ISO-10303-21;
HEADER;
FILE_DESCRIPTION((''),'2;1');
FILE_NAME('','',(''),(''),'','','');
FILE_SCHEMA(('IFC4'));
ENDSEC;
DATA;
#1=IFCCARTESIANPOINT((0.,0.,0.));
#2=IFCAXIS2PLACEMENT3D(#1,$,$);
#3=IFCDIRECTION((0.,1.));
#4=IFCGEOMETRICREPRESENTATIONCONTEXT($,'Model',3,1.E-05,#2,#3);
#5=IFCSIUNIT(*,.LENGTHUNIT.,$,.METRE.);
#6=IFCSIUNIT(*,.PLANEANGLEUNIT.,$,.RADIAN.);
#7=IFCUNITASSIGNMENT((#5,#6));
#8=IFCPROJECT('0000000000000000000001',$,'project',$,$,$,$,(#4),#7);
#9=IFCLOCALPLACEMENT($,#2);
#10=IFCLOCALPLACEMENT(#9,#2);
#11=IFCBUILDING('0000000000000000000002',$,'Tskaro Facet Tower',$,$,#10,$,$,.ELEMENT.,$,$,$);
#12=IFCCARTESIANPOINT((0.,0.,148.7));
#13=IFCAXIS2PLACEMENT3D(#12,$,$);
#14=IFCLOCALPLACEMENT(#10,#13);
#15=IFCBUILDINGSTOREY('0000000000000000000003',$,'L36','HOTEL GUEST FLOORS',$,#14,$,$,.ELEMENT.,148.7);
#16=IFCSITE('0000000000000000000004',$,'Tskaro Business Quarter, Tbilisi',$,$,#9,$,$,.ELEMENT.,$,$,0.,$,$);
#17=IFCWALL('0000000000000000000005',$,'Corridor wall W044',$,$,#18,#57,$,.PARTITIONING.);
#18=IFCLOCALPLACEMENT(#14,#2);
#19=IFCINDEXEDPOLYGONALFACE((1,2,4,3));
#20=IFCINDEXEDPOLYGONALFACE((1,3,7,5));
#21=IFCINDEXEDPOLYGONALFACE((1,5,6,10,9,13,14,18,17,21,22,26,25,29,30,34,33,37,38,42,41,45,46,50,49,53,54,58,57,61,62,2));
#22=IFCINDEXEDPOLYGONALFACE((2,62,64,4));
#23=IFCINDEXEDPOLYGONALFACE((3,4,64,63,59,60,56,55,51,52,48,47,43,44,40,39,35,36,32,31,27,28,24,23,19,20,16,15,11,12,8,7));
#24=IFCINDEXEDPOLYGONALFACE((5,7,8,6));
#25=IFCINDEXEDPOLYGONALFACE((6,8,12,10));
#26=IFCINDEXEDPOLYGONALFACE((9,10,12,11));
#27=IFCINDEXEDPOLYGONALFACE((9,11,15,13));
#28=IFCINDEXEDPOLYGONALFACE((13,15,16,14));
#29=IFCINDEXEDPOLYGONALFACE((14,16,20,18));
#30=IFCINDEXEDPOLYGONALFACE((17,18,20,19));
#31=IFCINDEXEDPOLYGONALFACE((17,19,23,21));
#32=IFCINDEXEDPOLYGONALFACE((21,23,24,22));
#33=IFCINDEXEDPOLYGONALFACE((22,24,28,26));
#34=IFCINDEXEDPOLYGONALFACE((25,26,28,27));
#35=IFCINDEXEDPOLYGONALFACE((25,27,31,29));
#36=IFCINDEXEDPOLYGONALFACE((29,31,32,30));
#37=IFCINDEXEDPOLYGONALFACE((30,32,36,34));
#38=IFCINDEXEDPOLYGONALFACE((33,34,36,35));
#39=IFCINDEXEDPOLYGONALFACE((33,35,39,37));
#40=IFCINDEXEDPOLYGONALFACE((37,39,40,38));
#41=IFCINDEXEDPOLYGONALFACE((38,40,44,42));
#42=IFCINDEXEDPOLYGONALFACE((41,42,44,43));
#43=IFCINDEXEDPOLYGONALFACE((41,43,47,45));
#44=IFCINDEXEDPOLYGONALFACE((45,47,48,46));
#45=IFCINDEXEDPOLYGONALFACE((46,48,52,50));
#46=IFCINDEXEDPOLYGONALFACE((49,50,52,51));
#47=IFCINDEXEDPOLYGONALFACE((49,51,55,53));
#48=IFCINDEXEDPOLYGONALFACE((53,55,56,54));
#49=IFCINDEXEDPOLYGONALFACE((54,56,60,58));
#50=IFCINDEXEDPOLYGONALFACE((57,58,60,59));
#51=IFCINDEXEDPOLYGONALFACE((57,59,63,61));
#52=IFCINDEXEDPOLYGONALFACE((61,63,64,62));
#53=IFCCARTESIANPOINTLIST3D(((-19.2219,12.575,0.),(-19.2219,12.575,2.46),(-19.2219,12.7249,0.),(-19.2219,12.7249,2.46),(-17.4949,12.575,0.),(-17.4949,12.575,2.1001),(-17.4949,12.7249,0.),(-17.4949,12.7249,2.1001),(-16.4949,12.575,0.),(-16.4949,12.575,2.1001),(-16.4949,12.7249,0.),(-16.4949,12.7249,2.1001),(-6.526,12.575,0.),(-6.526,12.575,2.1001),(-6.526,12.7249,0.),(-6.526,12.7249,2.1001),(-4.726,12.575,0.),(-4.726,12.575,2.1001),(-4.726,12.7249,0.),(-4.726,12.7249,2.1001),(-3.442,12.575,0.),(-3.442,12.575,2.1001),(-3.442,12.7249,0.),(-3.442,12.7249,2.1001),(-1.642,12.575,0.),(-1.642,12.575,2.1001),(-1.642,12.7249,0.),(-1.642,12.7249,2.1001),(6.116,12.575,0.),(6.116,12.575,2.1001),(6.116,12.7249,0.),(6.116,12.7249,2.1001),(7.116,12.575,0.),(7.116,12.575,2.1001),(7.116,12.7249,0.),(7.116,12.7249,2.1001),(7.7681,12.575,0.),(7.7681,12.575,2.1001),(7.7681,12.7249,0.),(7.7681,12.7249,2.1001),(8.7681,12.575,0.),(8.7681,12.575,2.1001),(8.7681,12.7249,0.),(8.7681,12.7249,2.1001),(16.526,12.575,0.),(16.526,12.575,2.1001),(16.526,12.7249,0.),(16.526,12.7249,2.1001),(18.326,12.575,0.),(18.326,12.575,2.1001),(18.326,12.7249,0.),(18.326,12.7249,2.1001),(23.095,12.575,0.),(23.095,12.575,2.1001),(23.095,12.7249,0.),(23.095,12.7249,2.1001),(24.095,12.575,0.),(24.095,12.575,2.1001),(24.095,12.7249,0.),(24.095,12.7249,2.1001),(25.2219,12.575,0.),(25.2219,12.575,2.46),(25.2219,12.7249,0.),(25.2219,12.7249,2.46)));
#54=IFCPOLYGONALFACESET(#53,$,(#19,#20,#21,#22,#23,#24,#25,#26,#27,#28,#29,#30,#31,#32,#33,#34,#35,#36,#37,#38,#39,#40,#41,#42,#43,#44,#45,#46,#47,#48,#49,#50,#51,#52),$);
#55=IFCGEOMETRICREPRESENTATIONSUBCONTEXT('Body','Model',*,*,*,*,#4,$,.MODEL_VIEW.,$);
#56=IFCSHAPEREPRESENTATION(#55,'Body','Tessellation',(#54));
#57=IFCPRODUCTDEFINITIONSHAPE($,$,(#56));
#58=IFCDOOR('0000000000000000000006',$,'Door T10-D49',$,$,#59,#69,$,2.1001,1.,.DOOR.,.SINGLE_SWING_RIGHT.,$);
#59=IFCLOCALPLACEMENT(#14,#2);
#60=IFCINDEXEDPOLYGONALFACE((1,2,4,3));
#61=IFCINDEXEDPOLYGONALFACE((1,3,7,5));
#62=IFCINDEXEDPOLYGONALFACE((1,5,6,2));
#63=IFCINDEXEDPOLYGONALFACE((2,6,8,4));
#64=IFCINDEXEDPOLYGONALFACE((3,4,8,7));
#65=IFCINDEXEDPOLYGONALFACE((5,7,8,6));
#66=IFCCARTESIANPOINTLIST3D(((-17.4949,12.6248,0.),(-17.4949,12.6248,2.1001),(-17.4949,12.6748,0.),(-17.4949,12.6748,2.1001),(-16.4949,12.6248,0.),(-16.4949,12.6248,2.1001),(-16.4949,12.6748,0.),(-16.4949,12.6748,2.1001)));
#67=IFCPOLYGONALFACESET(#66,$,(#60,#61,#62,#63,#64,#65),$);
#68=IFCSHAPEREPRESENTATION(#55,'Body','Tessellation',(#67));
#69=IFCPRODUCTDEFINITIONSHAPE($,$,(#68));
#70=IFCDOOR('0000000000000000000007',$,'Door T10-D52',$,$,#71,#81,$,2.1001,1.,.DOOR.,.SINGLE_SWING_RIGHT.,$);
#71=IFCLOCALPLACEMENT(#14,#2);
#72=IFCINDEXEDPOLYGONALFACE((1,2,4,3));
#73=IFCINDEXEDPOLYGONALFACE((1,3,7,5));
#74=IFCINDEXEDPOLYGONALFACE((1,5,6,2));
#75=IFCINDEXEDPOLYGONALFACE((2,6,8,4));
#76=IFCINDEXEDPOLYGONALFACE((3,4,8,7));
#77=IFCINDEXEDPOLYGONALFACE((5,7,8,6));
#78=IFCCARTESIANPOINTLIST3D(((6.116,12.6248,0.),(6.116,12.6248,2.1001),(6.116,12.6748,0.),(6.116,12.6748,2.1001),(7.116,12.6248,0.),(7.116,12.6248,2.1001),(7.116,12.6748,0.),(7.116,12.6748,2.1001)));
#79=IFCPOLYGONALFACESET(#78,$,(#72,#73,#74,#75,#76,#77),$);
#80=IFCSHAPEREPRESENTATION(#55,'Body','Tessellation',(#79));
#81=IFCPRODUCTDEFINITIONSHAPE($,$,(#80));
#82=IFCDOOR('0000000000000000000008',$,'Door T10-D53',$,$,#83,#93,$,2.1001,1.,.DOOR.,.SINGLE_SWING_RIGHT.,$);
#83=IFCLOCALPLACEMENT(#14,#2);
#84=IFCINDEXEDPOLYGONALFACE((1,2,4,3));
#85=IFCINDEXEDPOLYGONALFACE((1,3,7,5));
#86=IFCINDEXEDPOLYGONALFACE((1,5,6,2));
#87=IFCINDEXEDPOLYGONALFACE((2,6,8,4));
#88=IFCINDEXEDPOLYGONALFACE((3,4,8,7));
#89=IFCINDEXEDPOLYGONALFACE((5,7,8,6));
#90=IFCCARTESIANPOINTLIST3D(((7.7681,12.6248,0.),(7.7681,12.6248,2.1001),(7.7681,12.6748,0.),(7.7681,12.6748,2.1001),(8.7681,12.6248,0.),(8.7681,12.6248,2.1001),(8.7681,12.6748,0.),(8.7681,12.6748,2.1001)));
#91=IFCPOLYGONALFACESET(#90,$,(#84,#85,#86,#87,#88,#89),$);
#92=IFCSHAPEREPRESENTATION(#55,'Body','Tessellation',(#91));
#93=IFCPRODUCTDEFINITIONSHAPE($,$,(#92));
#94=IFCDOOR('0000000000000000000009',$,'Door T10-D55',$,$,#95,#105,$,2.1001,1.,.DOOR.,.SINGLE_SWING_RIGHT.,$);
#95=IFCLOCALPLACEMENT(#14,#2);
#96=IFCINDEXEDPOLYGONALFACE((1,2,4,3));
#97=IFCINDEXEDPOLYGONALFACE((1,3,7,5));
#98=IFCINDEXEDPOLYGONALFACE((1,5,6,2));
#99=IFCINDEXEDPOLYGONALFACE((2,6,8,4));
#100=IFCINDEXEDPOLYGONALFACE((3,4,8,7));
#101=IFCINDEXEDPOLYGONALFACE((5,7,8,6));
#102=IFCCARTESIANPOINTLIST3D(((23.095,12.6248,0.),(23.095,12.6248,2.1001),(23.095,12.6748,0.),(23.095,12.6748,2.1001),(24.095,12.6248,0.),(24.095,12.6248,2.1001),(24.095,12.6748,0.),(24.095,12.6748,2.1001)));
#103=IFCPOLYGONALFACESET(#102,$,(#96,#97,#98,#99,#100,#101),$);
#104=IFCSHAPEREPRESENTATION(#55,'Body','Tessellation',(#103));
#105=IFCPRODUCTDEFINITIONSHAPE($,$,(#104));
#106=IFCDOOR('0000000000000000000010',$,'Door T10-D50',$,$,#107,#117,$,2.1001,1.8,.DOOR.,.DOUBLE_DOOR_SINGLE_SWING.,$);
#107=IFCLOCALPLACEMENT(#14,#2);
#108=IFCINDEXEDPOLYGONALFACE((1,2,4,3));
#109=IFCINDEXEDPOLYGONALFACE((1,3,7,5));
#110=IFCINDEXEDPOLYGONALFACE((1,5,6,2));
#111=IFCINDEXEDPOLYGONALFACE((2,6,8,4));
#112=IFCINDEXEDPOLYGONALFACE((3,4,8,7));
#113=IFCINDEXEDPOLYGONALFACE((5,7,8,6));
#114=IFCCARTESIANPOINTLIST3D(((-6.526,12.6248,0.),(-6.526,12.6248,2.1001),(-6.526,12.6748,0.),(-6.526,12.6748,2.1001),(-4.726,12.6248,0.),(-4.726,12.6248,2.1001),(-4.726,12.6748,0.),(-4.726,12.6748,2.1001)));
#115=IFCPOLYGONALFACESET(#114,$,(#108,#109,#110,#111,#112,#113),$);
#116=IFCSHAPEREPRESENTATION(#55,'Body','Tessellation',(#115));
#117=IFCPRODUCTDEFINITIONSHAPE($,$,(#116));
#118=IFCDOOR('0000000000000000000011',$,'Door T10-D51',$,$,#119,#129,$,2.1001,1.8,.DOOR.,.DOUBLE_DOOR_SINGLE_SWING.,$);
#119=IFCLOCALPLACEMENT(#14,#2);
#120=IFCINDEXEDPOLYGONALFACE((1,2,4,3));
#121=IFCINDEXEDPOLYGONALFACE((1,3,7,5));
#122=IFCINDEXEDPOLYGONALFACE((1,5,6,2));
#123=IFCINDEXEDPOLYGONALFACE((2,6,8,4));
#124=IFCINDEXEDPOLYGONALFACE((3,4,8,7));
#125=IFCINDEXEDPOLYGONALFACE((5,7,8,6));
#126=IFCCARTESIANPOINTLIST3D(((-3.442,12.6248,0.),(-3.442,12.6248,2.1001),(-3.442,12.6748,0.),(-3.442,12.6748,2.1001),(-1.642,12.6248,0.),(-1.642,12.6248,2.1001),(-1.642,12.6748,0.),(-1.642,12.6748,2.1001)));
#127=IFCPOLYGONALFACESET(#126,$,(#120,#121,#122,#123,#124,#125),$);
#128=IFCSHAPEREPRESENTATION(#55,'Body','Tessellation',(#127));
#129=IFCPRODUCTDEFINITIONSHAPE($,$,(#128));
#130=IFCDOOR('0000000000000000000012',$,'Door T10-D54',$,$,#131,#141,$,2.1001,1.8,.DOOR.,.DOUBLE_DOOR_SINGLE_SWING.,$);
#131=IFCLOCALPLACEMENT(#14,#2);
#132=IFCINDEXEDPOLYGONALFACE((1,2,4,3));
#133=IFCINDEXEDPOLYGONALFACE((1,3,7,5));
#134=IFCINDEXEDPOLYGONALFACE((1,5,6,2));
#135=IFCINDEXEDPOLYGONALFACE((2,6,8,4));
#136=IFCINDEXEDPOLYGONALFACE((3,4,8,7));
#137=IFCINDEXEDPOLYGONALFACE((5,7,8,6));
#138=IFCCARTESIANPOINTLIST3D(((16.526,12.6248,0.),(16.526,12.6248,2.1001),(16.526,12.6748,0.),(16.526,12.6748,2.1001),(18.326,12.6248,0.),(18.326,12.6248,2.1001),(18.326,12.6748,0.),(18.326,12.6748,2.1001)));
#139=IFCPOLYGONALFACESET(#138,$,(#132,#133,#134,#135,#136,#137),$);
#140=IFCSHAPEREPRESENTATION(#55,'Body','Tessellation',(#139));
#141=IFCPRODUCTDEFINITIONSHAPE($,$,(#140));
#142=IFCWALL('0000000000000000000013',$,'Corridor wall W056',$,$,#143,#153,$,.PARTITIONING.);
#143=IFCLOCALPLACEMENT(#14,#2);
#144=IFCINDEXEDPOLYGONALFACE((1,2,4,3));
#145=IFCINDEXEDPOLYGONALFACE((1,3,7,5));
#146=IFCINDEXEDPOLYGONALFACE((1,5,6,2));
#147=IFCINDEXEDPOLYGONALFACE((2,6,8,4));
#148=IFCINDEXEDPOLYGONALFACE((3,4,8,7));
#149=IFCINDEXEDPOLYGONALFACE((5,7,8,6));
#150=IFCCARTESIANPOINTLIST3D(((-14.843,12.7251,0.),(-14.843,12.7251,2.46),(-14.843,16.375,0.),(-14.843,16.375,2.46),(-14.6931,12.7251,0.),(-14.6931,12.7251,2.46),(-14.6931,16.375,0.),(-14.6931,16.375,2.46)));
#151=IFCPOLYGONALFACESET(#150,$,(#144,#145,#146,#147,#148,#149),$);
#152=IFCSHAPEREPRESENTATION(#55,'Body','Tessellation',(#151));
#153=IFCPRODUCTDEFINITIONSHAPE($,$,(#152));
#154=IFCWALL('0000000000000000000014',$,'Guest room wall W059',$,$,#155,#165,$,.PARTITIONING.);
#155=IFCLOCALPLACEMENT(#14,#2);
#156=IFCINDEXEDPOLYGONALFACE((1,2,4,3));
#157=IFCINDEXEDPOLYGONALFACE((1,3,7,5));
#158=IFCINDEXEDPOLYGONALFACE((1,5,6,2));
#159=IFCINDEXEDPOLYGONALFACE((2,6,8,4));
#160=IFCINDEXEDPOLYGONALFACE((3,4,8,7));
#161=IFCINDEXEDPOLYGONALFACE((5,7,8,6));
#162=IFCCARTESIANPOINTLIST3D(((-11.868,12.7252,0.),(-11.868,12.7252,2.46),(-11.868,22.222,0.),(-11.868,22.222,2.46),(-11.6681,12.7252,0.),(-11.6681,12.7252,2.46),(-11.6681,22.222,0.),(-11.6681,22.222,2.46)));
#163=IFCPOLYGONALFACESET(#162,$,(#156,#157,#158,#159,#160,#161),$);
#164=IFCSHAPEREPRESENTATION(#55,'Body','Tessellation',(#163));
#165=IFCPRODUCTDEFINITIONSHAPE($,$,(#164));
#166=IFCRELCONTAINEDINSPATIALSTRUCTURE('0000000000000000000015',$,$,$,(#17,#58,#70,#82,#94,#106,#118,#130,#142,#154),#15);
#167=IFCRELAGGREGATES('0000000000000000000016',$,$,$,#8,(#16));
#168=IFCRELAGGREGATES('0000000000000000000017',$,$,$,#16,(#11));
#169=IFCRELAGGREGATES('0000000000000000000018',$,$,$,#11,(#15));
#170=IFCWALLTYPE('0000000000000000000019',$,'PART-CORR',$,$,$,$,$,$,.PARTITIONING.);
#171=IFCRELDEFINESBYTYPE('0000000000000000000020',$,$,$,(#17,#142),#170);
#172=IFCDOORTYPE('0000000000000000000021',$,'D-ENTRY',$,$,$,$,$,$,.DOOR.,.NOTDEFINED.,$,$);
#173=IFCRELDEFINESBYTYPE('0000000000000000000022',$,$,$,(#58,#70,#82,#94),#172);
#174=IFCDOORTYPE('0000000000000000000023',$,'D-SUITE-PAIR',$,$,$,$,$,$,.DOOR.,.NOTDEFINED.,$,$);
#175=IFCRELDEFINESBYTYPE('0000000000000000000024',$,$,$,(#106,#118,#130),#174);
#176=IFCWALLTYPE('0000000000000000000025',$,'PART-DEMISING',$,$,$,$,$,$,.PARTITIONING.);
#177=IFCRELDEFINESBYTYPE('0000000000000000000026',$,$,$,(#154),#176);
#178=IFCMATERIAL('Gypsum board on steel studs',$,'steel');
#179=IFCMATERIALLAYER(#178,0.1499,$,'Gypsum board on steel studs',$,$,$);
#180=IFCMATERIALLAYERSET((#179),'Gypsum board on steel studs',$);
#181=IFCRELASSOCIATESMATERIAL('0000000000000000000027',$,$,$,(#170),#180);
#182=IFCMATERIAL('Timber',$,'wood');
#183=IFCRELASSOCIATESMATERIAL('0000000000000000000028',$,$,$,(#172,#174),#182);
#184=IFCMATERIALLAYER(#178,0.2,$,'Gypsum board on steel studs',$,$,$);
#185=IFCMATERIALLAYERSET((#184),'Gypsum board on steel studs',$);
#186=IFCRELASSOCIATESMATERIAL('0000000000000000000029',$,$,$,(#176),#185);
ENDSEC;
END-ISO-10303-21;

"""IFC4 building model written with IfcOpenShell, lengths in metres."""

from ifc_helpers import new_model, si_unit, direction, frame, frame_2d, origin, place, context, subcontext, project, spatial, rectangle, extrude, material, layer, layer_set, type_object, element, fill, save


model = new_model("IFC4")

# Units and contexts
model_context = context("Model", 3, precision=1e-05, world=origin(), true_north=direction((0.0, 1.0)))
body_context = subcontext(model_context, "Body", "Model", "MODEL_VIEW")
ifc_project = project(units=[si_unit("LENGTHUNIT", "METRE"), si_unit("PLANEANGLEUNIT", "RADIAN")], contexts=[model_context])

# Site, building, storey
site_placement = place(None, origin())
site = spatial("IfcSite", under=ifc_project, at=site_placement, Name="Tskaro Business Quarter, Tbilisi", CompositionType="ELEMENT", RefElevation=0.0)
building_placement = place(site_placement, origin())
building = spatial("IfcBuilding", under=site, at=building_placement, Name="Tskaro Facet Tower", CompositionType="ELEMENT")
storey_placement = place(building_placement, frame((0.0, 0.0, 148.7)))
storey = spatial("IfcBuildingStorey", under=building, at=storey_placement, Name="L36", Description="HOTEL GUEST FLOORS", CompositionType="ELEMENT", Elevation=148.7)

# Shared definitions
ifc_material_1 = material(Name="Gypsum board on steel studs", Category="steel")
ifc_layer_1 = layer(ifc_material_1, 0.1499, Name="Gypsum board on steel studs")
ifc_layer_set_1 = layer_set([ifc_layer_1], Name="Gypsum board on steel studs")
wall_type_1 = type_object("IfcWallType", Name="PART-CORR", PredefinedType="PARTITIONING", material=ifc_layer_set_1)
ifc_material_2 = material(Name="Timber", Category="wood")

# Wall, openings, doors
wall_1_placement = place(storey_placement, frame((-19.2219, 12.6499, 0.0), z_axis=(0.0, 0.0, 1.0), x_axis=(1.0, 0.0, 0.0)))
wall_1 = element("IfcWall", 1, at=wall_1_placement, inside=storey, type_object=wall_type_1, Name="Corridor wall W044", PredefinedType="PARTITIONING", context=body_context, shape_type="SweptSolid", body=[
    extrude(rectangle(XDim=44.4438, YDim=0.1499, at=frame_2d((22.2219, 0.0))), origin(), (0.0, 0.0, 1.0), 2.46),
])
opening_1_placement = place(wall_1_placement, frame((1.7271, 0.0, 0.0)))
opening_1 = element("IfcOpeningElement", 2, at=opening_1_placement, cuts=wall_1, PredefinedType="OPENING", context=body_context, shape_type="SweptSolid", body=[
    extrude(rectangle(XDim=1.0, YDim=2.1001, at=frame_2d((0.5, 1.05))), frame((0.0, 0.085, 0.0), z_axis=(0.0, -1.0, 0.0), x_axis=(1.0, 0.0, 0.0)), (0.0, 0.0, 1.0), 0.1699),
])
opening_2_placement = place(wall_1_placement, frame((12.696, 0.0, 0.0)))
opening_2 = element("IfcOpeningElement", 3, at=opening_2_placement, cuts=wall_1, PredefinedType="OPENING", context=body_context, shape_type="SweptSolid", body=[
    extrude(rectangle(XDim=1.8, YDim=2.1001, at=frame_2d((0.8999, 1.05))), frame((0.0, 0.085, 0.0), z_axis=(0.0, -1.0, 0.0), x_axis=(1.0, 0.0, 0.0)), (0.0, 0.0, 1.0), 0.1699),
])
opening_3_placement = place(wall_1_placement, frame((15.78, 0.0, 0.0)))
opening_3 = element("IfcOpeningElement", 4, at=opening_3_placement, cuts=wall_1, PredefinedType="OPENING", context=body_context, shape_type="SweptSolid", body=[
    extrude(rectangle(XDim=1.8, YDim=2.1001, at=frame_2d((0.8999, 1.05))), frame((0.0, 0.085, 0.0), z_axis=(0.0, -1.0, 0.0), x_axis=(1.0, 0.0, 0.0)), (0.0, 0.0, 1.0), 0.1699),
])
opening_4_placement = place(wall_1_placement, frame((25.3379, 0.0, 0.0)))
opening_4 = element("IfcOpeningElement", 5, at=opening_4_placement, cuts=wall_1, PredefinedType="OPENING", context=body_context, shape_type="SweptSolid", body=[
    extrude(rectangle(XDim=1.0, YDim=2.1001, at=frame_2d((0.5, 1.05))), frame((0.0, 0.085, 0.0), z_axis=(0.0, -1.0, 0.0), x_axis=(1.0, 0.0, 0.0)), (0.0, 0.0, 1.0), 0.1699),
])
opening_5_placement = place(wall_1_placement, frame((26.99, 0.0, 0.0)))
opening_5 = element("IfcOpeningElement", 6, at=opening_5_placement, cuts=wall_1, PredefinedType="OPENING", context=body_context, shape_type="SweptSolid", body=[
    extrude(rectangle(XDim=1.0, YDim=2.1001, at=frame_2d((0.5, 1.05))), frame((0.0, 0.085, 0.0), z_axis=(0.0, -1.0, 0.0), x_axis=(1.0, 0.0, 0.0)), (0.0, 0.0, 1.0), 0.1699),
])
opening_6_placement = place(wall_1_placement, frame((35.748, 0.0, 0.0)))
opening_6 = element("IfcOpeningElement", 7, at=opening_6_placement, cuts=wall_1, PredefinedType="OPENING", context=body_context, shape_type="SweptSolid", body=[
    extrude(rectangle(XDim=1.8, YDim=2.1001, at=frame_2d((0.8999, 1.05))), frame((0.0, 0.085, 0.0), z_axis=(0.0, -1.0, 0.0), x_axis=(1.0, 0.0, 0.0)), (0.0, 0.0, 1.0), 0.1699),
])
opening_7_placement = place(wall_1_placement, frame((42.3169, 0.0, 0.0)))
opening_7 = element("IfcOpeningElement", 8, at=opening_7_placement, cuts=wall_1, PredefinedType="OPENING", context=body_context, shape_type="SweptSolid", body=[
    extrude(rectangle(XDim=1.0, YDim=2.1001, at=frame_2d((0.5, 1.05))), frame((0.0, 0.085, 0.0), z_axis=(0.0, -1.0, 0.0), x_axis=(1.0, 0.0, 0.0)), (0.0, 0.0, 1.0), 0.1699),
])
door_type_1 = type_object("IfcDoorType", Name="D-ENTRY", OperationType="NOTDEFINED", PredefinedType="DOOR", material=ifc_material_2)
door_1_placement = place(opening_1_placement, origin())
door_1 = element("IfcDoor", 9, at=door_1_placement, inside=storey, type_object=door_type_1, Name="Door T10-D49", OperationType="SINGLE_SWING_RIGHT", OverallHeight=2.1001, OverallWidth=1.0, PredefinedType="DOOR", context=body_context, shape_type="SweptSolid", body=[
    extrude(rectangle(XDim=1.0, YDim=2.1001, at=frame_2d((0.5, 1.05))), frame((0.0, 0.0249, 0.0), z_axis=(0.0, -1.0, 0.0), x_axis=(1.0, 0.0, 0.0)), (0.0, 0.0, 1.0), 0.05),
])
fill(opening_1, door_1)
door_2_placement = place(opening_4_placement, origin())
door_2 = element("IfcDoor", 10, at=door_2_placement, inside=storey, type_object=door_type_1, Name="Door T10-D52", OperationType="SINGLE_SWING_RIGHT", OverallHeight=2.1001, OverallWidth=1.0, PredefinedType="DOOR", context=body_context, shape_type="SweptSolid", body=[
    extrude(rectangle(XDim=1.0, YDim=2.1001, at=frame_2d((0.5, 1.05))), frame((0.0, 0.0249, 0.0), z_axis=(0.0, -1.0, 0.0), x_axis=(1.0, 0.0, 0.0)), (0.0, 0.0, 1.0), 0.05),
])
fill(opening_4, door_2)
door_3_placement = place(opening_5_placement, origin())
door_3 = element("IfcDoor", 11, at=door_3_placement, inside=storey, type_object=door_type_1, Name="Door T10-D53", OperationType="SINGLE_SWING_RIGHT", OverallHeight=2.1001, OverallWidth=1.0, PredefinedType="DOOR", context=body_context, shape_type="SweptSolid", body=[
    extrude(rectangle(XDim=1.0, YDim=2.1001, at=frame_2d((0.5, 1.05))), frame((0.0, 0.0249, 0.0), z_axis=(0.0, -1.0, 0.0), x_axis=(1.0, 0.0, 0.0)), (0.0, 0.0, 1.0), 0.05),
])
fill(opening_5, door_3)
door_4_placement = place(opening_7_placement, origin())
door_4 = element("IfcDoor", 12, at=door_4_placement, inside=storey, type_object=door_type_1, Name="Door T10-D55", OperationType="SINGLE_SWING_RIGHT", OverallHeight=2.1001, OverallWidth=1.0, PredefinedType="DOOR", context=body_context, shape_type="SweptSolid", body=[
    extrude(rectangle(XDim=1.0, YDim=2.1001, at=frame_2d((0.5, 1.05))), frame((0.0, 0.0249, 0.0), z_axis=(0.0, -1.0, 0.0), x_axis=(1.0, 0.0, 0.0)), (0.0, 0.0, 1.0), 0.05),
])
fill(opening_7, door_4)
door_type_2 = type_object("IfcDoorType", Name="D-SUITE-PAIR", OperationType="NOTDEFINED", PredefinedType="DOOR", material=ifc_material_2)
door_5_placement = place(opening_2_placement, origin())
door_5 = element("IfcDoor", 13, at=door_5_placement, inside=storey, type_object=door_type_2, Name="Door T10-D50", OperationType="DOUBLE_DOOR_SINGLE_SWING", OverallHeight=2.1001, OverallWidth=1.8, PredefinedType="DOOR", context=body_context, shape_type="SweptSolid", body=[
    extrude(rectangle(XDim=1.8, YDim=2.1001, at=frame_2d((0.8999, 1.05))), frame((0.0, 0.0249, 0.0), z_axis=(0.0, -1.0, 0.0), x_axis=(1.0, 0.0, 0.0)), (0.0, 0.0, 1.0), 0.05),
])
fill(opening_2, door_5)
door_6_placement = place(opening_3_placement, origin())
door_6 = element("IfcDoor", 14, at=door_6_placement, inside=storey, type_object=door_type_2, Name="Door T10-D51", OperationType="DOUBLE_DOOR_SINGLE_SWING", OverallHeight=2.1001, OverallWidth=1.8, PredefinedType="DOOR", context=body_context, shape_type="SweptSolid", body=[
    extrude(rectangle(XDim=1.8, YDim=2.1001, at=frame_2d((0.8999, 1.05))), frame((0.0, 0.0249, 0.0), z_axis=(0.0, -1.0, 0.0), x_axis=(1.0, 0.0, 0.0)), (0.0, 0.0, 1.0), 0.05),
])
fill(opening_3, door_6)
door_7_placement = place(opening_6_placement, origin())
door_7 = element("IfcDoor", 15, at=door_7_placement, inside=storey, type_object=door_type_2, Name="Door T10-D54", OperationType="DOUBLE_DOOR_SINGLE_SWING", OverallHeight=2.1001, OverallWidth=1.8, PredefinedType="DOOR", context=body_context, shape_type="SweptSolid", body=[
    extrude(rectangle(XDim=1.8, YDim=2.1001, at=frame_2d((0.8999, 1.05))), frame((0.0, 0.0249, 0.0), z_axis=(0.0, -1.0, 0.0), x_axis=(1.0, 0.0, 0.0)), (0.0, 0.0, 1.0), 0.05),
])
fill(opening_6, door_7)

# Walls
wall_2_placement = place(storey_placement, frame((-14.7681, 12.7251, 0.0), z_axis=(0.0, 0.0, 1.0), x_axis=(0.0, 1.0, 0.0)))
element("IfcWall", 16, at=wall_2_placement, inside=storey, type_object=wall_type_1, Name="Corridor wall W056", PredefinedType="PARTITIONING", context=body_context, shape_type="SweptSolid", body=[
    extrude(rectangle(XDim=3.6499, YDim=0.1499, at=frame_2d((1.825, 0.0))), origin(), (0.0, 0.0, 1.0), 2.46),
])
ifc_layer_2 = layer(ifc_material_1, 0.2, Name="Gypsum board on steel studs")
ifc_layer_set_2 = layer_set([ifc_layer_2], Name="Gypsum board on steel studs")
wall_type_2 = type_object("IfcWallType", Name="PART-DEMISING", PredefinedType="PARTITIONING", material=ifc_layer_set_2)
wall_3_placement = place(storey_placement, frame((-11.7681, 12.7251, 0.0), z_axis=(0.0, 0.0, 1.0), x_axis=(0.0, 1.0, 0.0)))
element("IfcWall", 17, at=wall_3_placement, inside=storey, type_object=wall_type_2, Name="Guest room wall W059", PredefinedType="PARTITIONING", context=body_context, shape_type="SweptSolid", body=[
    extrude(rectangle(XDim=9.4968, YDim=0.2, at=frame_2d((4.7485, 0.0))), origin(), (0.0, 0.0, 1.0), 2.46),
])

save(model, "model.ifc")
